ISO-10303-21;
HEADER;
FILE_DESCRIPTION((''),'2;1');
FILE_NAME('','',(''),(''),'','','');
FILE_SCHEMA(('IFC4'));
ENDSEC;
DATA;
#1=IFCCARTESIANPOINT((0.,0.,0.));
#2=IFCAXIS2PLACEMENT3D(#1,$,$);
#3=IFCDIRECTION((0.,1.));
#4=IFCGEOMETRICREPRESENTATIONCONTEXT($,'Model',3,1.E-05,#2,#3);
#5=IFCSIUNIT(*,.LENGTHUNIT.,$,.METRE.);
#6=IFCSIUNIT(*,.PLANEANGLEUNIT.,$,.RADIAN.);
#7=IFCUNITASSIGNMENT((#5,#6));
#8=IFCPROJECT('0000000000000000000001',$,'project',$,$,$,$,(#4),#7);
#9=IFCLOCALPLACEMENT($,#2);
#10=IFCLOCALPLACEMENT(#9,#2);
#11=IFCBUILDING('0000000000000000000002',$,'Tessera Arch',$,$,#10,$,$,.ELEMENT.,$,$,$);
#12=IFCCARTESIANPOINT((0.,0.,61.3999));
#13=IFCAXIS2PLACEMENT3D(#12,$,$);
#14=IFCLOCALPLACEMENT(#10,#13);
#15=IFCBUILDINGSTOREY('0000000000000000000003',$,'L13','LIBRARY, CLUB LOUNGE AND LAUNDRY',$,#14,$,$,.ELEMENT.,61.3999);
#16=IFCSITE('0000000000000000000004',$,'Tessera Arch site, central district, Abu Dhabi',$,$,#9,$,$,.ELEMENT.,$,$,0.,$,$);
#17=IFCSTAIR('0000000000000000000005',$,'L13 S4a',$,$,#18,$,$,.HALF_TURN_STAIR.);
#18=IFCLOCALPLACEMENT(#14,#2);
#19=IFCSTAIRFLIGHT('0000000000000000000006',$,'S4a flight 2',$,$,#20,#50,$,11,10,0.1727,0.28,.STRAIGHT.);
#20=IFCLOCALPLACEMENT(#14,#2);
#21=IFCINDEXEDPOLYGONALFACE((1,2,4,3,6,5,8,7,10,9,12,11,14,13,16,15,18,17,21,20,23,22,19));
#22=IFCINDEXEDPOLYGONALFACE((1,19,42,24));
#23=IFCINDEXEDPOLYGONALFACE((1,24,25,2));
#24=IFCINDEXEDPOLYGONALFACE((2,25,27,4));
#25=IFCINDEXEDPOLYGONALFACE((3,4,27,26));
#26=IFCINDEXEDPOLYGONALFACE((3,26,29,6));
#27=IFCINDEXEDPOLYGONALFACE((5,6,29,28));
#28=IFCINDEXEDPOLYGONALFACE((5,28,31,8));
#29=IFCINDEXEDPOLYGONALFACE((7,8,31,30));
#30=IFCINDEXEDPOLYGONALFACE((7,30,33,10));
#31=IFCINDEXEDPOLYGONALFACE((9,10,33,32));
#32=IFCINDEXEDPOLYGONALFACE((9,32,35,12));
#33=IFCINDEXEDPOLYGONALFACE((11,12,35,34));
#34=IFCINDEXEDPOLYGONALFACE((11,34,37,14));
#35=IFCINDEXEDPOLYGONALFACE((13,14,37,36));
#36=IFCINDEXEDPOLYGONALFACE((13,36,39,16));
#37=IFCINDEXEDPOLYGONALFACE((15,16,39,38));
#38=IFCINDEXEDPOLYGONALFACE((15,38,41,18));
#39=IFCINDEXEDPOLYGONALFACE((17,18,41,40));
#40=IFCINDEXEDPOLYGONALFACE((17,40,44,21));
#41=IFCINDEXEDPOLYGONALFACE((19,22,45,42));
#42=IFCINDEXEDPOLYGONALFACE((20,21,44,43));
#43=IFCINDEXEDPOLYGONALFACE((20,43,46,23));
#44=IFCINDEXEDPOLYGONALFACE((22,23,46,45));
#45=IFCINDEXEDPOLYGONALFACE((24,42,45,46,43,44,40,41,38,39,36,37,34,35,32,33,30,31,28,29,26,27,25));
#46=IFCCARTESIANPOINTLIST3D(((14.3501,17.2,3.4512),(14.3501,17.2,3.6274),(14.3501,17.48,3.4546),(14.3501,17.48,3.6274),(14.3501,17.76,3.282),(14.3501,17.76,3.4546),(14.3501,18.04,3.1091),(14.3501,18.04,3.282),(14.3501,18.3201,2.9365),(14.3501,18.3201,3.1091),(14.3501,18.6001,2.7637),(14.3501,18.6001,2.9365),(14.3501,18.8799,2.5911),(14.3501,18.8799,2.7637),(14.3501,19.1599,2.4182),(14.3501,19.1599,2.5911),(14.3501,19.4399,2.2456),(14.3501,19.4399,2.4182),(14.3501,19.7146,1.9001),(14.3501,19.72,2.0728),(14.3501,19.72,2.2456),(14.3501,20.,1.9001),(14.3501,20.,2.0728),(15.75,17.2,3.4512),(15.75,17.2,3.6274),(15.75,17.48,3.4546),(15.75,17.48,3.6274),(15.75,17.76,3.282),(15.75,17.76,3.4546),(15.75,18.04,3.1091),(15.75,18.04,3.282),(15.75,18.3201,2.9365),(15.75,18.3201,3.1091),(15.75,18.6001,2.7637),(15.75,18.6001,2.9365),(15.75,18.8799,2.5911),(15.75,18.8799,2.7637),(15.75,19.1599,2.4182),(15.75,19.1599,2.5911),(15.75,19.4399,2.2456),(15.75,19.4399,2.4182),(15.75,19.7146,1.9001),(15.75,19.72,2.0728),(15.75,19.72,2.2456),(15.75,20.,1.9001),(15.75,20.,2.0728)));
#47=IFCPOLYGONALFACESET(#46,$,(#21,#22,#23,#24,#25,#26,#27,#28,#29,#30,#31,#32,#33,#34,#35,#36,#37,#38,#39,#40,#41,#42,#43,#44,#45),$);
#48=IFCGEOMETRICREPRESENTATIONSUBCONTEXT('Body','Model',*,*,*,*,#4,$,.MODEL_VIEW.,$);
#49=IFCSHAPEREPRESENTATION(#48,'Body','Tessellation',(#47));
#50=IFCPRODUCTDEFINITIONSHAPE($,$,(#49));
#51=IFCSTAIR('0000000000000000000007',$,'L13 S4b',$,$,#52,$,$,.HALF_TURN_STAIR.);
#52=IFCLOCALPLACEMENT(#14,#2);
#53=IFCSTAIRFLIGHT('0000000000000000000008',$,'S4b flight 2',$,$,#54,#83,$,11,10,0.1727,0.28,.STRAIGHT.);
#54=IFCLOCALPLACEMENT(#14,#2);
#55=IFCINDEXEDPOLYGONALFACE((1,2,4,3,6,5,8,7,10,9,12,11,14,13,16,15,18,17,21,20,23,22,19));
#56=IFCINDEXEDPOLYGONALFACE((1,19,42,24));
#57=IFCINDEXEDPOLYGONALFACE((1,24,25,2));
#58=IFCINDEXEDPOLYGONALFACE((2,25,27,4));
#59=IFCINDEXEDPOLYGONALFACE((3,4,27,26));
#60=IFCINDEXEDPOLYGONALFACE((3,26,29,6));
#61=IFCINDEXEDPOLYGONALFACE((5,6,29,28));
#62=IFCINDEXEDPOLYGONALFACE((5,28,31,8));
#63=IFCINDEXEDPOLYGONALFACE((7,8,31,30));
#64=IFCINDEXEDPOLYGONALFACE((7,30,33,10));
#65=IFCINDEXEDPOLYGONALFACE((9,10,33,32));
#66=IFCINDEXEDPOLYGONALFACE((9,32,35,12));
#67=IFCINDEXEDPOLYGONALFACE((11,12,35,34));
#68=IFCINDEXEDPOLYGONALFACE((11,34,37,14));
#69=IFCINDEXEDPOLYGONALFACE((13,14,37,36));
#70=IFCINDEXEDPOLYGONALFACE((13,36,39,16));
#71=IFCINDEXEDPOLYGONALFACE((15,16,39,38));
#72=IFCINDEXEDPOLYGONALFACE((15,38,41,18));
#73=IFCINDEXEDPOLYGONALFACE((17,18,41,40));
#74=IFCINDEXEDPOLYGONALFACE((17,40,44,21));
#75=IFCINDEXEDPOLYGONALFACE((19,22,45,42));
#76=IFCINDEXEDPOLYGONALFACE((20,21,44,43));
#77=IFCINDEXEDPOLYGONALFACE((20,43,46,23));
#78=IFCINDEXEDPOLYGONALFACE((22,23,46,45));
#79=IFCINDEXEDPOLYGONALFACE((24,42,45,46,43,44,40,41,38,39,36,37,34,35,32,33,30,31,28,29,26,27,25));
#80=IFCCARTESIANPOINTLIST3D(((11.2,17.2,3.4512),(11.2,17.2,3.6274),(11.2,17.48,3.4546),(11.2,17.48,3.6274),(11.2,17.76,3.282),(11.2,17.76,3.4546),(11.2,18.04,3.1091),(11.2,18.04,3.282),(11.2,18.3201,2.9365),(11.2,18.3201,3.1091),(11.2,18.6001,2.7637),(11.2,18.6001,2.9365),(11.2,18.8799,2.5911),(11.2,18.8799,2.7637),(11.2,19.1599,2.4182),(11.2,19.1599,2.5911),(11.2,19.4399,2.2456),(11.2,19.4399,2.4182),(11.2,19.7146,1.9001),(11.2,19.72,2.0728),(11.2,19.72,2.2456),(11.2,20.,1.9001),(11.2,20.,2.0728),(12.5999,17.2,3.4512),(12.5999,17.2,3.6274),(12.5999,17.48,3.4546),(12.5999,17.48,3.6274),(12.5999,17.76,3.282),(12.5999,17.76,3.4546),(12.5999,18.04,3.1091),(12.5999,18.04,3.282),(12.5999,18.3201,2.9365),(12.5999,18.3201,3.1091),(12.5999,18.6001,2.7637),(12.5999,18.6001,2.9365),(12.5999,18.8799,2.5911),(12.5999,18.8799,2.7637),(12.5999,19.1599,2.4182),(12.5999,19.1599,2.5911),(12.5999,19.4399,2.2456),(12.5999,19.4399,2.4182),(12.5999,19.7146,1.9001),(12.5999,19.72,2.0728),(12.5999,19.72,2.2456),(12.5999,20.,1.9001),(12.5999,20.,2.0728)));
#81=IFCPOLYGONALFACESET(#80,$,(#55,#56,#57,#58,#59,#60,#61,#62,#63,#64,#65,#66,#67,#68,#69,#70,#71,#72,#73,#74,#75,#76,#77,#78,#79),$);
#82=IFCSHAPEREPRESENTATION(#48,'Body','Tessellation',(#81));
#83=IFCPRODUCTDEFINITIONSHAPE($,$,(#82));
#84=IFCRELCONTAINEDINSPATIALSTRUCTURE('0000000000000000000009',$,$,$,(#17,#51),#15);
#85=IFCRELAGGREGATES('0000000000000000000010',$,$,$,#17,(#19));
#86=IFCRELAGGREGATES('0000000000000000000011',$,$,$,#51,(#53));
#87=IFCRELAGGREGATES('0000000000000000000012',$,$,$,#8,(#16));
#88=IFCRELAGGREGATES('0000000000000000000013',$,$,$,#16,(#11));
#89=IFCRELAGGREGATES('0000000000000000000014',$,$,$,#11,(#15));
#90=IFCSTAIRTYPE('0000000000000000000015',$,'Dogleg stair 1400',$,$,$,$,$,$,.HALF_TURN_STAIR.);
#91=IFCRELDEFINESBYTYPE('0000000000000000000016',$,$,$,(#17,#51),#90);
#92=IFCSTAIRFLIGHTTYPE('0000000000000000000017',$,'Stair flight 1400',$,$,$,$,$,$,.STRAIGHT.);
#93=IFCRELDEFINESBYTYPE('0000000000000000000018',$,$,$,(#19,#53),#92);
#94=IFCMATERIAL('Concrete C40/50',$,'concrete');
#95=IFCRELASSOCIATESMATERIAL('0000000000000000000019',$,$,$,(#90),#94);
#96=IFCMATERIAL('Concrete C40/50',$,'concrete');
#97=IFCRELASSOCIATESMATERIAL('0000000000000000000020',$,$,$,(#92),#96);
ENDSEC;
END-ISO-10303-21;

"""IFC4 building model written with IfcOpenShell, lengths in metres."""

from ifc_helpers import new_model, si_unit, direction, frame, origin, place, context, subcontext, project, spatial, polyline, outline, extrude, material, type_object, element, aggregate, save


model = new_model("IFC4")

# Units and contexts
model_context = context("Model", 3, precision=1e-05, world=origin(), true_north=direction((0.0, 1.0)))
body_context = subcontext(model_context, "Body", "Model", "MODEL_VIEW")
ifc_project = project(units=[si_unit("LENGTHUNIT", "METRE"), si_unit("PLANEANGLEUNIT", "RADIAN")], contexts=[model_context])

# Site, building, storey
site_placement = place(None, origin())
site = spatial("IfcSite", under=ifc_project, at=site_placement, Name="Tessera Arch site, central district, Abu Dhabi", CompositionType="ELEMENT", RefElevation=0.0)
building_placement = place(site_placement, origin())
building = spatial("IfcBuilding", under=site, at=building_placement, Name="Tessera Arch", CompositionType="ELEMENT")
storey_placement = place(building_placement, frame((0.0, 0.0, 61.3999)))
storey = spatial("IfcBuildingStorey", under=building, at=storey_placement, Name="L13", Description="LIBRARY, CLUB LOUNGE AND LAUNDRY", CompositionType="ELEMENT", Elevation=61.3999)

# Stairs, stair flights
ifc_material_1 = material(Name="Concrete C40/50", Category="concrete")
stair_type = type_object("IfcStairType", Name="Dogleg stair 1400", PredefinedType="HALF_TURN_STAIR", material=ifc_material_1)
stair_1_placement = place(storey_placement, origin())
stair_1 = element("IfcStair", 1, at=stair_1_placement, inside=storey, type_object=stair_type, Name="L13 S4a", PredefinedType="HALF_TURN_STAIR")
ifc_material_2 = material(Name="Concrete C40/50", Category="concrete")
stair_flight_type = type_object("IfcStairFlightType", Name="Stair flight 1400", PredefinedType="STRAIGHT", material=ifc_material_2)
stair_flight_1_placement = place(storey_placement, frame((15.05, 20.0, 1.9001), z_axis=(0.0, 0.0, 1.0), x_axis=(0.0, -1.0, 0.0)))
stair_flight_1 = element("IfcStairFlight", 2, at=stair_flight_1_placement, type_object=stair_flight_type, Name="S4a flight 2", NumberOfRisers=11, NumberOfTreads=10, PredefinedType="STRAIGHT", RiserHeight=0.1727, TreadLength=0.28, context=body_context, shape_type="SweptSolid", body=[
    extrude(outline(polyline([(0.0, 0.0), (0.0, 0.1726), (0.28, 0.1726), (0.28, 0.3455), (0.5601, 0.3455), (0.5601, 0.5181), (0.8401, 0.5181), (0.8401, 0.6909), (1.1201, 0.6909), (1.1201, 0.8635), (1.3999, 0.8635), (1.3999, 1.0364), (1.6799, 1.0364), (1.6799, 1.209), (1.96, 1.209), (1.96, 1.3818), (2.24, 1.3818), (2.24, 1.5544), (2.52, 1.5544), (2.52, 1.7273), (2.8, 1.7273), (2.8, 1.8999), (2.8, 1.551), (0.2854, 0.0), (0.0, 0.0)])), frame((0.0, 0.7, 0.0), z_axis=(0.0, -1.0, 0.0), x_axis=(1.0, 0.0, 0.0)), (0.0, 0.0, 1.0), 1.3999),
])
aggregate(stair_1, [stair_flight_1])
stair_2_placement = place(storey_placement, origin())
stair_2 = element("IfcStair", 3, at=stair_2_placement, inside=storey, type_object=stair_type, Name="L13 S4b", PredefinedType="HALF_TURN_STAIR")
stair_flight_2_placement = place(storey_placement, frame((11.8999, 20.0, 1.9001), z_axis=(0.0, 0.0, 1.0), x_axis=(0.0, -1.0, 0.0)))
stair_flight_2 = element("IfcStairFlight", 4, at=stair_flight_2_placement, type_object=stair_flight_type, Name="S4b flight 2", NumberOfRisers=11, NumberOfTreads=10, PredefinedType="STRAIGHT", RiserHeight=0.1727, TreadLength=0.28, context=body_context, shape_type="SweptSolid", body=[
    extrude(outline(polyline([(0.0, 0.0), (0.0, 0.1726), (0.28, 0.1726), (0.28, 0.3455), (0.5601, 0.3455), (0.5601, 0.5181), (0.8401, 0.5181), (0.8401, 0.6909), (1.1201, 0.6909), (1.1201, 0.8635), (1.3999, 0.8635), (1.3999, 1.0364), (1.6799, 1.0364), (1.6799, 1.209), (1.96, 1.209), (1.96, 1.3818), (2.24, 1.3818), (2.24, 1.5544), (2.52, 1.5544), (2.52, 1.7273), (2.8, 1.7273), (2.8, 1.8999), (2.8, 1.551), (0.2854, 0.0), (0.0, 0.0)])), frame((0.0, 0.7, 0.0), z_axis=(0.0, -1.0, 0.0), x_axis=(1.0, 0.0, 0.0)), (0.0, 0.0, 1.0), 1.3999),
])
aggregate(stair_2, [stair_flight_2])

save(model, "model.ifc")
